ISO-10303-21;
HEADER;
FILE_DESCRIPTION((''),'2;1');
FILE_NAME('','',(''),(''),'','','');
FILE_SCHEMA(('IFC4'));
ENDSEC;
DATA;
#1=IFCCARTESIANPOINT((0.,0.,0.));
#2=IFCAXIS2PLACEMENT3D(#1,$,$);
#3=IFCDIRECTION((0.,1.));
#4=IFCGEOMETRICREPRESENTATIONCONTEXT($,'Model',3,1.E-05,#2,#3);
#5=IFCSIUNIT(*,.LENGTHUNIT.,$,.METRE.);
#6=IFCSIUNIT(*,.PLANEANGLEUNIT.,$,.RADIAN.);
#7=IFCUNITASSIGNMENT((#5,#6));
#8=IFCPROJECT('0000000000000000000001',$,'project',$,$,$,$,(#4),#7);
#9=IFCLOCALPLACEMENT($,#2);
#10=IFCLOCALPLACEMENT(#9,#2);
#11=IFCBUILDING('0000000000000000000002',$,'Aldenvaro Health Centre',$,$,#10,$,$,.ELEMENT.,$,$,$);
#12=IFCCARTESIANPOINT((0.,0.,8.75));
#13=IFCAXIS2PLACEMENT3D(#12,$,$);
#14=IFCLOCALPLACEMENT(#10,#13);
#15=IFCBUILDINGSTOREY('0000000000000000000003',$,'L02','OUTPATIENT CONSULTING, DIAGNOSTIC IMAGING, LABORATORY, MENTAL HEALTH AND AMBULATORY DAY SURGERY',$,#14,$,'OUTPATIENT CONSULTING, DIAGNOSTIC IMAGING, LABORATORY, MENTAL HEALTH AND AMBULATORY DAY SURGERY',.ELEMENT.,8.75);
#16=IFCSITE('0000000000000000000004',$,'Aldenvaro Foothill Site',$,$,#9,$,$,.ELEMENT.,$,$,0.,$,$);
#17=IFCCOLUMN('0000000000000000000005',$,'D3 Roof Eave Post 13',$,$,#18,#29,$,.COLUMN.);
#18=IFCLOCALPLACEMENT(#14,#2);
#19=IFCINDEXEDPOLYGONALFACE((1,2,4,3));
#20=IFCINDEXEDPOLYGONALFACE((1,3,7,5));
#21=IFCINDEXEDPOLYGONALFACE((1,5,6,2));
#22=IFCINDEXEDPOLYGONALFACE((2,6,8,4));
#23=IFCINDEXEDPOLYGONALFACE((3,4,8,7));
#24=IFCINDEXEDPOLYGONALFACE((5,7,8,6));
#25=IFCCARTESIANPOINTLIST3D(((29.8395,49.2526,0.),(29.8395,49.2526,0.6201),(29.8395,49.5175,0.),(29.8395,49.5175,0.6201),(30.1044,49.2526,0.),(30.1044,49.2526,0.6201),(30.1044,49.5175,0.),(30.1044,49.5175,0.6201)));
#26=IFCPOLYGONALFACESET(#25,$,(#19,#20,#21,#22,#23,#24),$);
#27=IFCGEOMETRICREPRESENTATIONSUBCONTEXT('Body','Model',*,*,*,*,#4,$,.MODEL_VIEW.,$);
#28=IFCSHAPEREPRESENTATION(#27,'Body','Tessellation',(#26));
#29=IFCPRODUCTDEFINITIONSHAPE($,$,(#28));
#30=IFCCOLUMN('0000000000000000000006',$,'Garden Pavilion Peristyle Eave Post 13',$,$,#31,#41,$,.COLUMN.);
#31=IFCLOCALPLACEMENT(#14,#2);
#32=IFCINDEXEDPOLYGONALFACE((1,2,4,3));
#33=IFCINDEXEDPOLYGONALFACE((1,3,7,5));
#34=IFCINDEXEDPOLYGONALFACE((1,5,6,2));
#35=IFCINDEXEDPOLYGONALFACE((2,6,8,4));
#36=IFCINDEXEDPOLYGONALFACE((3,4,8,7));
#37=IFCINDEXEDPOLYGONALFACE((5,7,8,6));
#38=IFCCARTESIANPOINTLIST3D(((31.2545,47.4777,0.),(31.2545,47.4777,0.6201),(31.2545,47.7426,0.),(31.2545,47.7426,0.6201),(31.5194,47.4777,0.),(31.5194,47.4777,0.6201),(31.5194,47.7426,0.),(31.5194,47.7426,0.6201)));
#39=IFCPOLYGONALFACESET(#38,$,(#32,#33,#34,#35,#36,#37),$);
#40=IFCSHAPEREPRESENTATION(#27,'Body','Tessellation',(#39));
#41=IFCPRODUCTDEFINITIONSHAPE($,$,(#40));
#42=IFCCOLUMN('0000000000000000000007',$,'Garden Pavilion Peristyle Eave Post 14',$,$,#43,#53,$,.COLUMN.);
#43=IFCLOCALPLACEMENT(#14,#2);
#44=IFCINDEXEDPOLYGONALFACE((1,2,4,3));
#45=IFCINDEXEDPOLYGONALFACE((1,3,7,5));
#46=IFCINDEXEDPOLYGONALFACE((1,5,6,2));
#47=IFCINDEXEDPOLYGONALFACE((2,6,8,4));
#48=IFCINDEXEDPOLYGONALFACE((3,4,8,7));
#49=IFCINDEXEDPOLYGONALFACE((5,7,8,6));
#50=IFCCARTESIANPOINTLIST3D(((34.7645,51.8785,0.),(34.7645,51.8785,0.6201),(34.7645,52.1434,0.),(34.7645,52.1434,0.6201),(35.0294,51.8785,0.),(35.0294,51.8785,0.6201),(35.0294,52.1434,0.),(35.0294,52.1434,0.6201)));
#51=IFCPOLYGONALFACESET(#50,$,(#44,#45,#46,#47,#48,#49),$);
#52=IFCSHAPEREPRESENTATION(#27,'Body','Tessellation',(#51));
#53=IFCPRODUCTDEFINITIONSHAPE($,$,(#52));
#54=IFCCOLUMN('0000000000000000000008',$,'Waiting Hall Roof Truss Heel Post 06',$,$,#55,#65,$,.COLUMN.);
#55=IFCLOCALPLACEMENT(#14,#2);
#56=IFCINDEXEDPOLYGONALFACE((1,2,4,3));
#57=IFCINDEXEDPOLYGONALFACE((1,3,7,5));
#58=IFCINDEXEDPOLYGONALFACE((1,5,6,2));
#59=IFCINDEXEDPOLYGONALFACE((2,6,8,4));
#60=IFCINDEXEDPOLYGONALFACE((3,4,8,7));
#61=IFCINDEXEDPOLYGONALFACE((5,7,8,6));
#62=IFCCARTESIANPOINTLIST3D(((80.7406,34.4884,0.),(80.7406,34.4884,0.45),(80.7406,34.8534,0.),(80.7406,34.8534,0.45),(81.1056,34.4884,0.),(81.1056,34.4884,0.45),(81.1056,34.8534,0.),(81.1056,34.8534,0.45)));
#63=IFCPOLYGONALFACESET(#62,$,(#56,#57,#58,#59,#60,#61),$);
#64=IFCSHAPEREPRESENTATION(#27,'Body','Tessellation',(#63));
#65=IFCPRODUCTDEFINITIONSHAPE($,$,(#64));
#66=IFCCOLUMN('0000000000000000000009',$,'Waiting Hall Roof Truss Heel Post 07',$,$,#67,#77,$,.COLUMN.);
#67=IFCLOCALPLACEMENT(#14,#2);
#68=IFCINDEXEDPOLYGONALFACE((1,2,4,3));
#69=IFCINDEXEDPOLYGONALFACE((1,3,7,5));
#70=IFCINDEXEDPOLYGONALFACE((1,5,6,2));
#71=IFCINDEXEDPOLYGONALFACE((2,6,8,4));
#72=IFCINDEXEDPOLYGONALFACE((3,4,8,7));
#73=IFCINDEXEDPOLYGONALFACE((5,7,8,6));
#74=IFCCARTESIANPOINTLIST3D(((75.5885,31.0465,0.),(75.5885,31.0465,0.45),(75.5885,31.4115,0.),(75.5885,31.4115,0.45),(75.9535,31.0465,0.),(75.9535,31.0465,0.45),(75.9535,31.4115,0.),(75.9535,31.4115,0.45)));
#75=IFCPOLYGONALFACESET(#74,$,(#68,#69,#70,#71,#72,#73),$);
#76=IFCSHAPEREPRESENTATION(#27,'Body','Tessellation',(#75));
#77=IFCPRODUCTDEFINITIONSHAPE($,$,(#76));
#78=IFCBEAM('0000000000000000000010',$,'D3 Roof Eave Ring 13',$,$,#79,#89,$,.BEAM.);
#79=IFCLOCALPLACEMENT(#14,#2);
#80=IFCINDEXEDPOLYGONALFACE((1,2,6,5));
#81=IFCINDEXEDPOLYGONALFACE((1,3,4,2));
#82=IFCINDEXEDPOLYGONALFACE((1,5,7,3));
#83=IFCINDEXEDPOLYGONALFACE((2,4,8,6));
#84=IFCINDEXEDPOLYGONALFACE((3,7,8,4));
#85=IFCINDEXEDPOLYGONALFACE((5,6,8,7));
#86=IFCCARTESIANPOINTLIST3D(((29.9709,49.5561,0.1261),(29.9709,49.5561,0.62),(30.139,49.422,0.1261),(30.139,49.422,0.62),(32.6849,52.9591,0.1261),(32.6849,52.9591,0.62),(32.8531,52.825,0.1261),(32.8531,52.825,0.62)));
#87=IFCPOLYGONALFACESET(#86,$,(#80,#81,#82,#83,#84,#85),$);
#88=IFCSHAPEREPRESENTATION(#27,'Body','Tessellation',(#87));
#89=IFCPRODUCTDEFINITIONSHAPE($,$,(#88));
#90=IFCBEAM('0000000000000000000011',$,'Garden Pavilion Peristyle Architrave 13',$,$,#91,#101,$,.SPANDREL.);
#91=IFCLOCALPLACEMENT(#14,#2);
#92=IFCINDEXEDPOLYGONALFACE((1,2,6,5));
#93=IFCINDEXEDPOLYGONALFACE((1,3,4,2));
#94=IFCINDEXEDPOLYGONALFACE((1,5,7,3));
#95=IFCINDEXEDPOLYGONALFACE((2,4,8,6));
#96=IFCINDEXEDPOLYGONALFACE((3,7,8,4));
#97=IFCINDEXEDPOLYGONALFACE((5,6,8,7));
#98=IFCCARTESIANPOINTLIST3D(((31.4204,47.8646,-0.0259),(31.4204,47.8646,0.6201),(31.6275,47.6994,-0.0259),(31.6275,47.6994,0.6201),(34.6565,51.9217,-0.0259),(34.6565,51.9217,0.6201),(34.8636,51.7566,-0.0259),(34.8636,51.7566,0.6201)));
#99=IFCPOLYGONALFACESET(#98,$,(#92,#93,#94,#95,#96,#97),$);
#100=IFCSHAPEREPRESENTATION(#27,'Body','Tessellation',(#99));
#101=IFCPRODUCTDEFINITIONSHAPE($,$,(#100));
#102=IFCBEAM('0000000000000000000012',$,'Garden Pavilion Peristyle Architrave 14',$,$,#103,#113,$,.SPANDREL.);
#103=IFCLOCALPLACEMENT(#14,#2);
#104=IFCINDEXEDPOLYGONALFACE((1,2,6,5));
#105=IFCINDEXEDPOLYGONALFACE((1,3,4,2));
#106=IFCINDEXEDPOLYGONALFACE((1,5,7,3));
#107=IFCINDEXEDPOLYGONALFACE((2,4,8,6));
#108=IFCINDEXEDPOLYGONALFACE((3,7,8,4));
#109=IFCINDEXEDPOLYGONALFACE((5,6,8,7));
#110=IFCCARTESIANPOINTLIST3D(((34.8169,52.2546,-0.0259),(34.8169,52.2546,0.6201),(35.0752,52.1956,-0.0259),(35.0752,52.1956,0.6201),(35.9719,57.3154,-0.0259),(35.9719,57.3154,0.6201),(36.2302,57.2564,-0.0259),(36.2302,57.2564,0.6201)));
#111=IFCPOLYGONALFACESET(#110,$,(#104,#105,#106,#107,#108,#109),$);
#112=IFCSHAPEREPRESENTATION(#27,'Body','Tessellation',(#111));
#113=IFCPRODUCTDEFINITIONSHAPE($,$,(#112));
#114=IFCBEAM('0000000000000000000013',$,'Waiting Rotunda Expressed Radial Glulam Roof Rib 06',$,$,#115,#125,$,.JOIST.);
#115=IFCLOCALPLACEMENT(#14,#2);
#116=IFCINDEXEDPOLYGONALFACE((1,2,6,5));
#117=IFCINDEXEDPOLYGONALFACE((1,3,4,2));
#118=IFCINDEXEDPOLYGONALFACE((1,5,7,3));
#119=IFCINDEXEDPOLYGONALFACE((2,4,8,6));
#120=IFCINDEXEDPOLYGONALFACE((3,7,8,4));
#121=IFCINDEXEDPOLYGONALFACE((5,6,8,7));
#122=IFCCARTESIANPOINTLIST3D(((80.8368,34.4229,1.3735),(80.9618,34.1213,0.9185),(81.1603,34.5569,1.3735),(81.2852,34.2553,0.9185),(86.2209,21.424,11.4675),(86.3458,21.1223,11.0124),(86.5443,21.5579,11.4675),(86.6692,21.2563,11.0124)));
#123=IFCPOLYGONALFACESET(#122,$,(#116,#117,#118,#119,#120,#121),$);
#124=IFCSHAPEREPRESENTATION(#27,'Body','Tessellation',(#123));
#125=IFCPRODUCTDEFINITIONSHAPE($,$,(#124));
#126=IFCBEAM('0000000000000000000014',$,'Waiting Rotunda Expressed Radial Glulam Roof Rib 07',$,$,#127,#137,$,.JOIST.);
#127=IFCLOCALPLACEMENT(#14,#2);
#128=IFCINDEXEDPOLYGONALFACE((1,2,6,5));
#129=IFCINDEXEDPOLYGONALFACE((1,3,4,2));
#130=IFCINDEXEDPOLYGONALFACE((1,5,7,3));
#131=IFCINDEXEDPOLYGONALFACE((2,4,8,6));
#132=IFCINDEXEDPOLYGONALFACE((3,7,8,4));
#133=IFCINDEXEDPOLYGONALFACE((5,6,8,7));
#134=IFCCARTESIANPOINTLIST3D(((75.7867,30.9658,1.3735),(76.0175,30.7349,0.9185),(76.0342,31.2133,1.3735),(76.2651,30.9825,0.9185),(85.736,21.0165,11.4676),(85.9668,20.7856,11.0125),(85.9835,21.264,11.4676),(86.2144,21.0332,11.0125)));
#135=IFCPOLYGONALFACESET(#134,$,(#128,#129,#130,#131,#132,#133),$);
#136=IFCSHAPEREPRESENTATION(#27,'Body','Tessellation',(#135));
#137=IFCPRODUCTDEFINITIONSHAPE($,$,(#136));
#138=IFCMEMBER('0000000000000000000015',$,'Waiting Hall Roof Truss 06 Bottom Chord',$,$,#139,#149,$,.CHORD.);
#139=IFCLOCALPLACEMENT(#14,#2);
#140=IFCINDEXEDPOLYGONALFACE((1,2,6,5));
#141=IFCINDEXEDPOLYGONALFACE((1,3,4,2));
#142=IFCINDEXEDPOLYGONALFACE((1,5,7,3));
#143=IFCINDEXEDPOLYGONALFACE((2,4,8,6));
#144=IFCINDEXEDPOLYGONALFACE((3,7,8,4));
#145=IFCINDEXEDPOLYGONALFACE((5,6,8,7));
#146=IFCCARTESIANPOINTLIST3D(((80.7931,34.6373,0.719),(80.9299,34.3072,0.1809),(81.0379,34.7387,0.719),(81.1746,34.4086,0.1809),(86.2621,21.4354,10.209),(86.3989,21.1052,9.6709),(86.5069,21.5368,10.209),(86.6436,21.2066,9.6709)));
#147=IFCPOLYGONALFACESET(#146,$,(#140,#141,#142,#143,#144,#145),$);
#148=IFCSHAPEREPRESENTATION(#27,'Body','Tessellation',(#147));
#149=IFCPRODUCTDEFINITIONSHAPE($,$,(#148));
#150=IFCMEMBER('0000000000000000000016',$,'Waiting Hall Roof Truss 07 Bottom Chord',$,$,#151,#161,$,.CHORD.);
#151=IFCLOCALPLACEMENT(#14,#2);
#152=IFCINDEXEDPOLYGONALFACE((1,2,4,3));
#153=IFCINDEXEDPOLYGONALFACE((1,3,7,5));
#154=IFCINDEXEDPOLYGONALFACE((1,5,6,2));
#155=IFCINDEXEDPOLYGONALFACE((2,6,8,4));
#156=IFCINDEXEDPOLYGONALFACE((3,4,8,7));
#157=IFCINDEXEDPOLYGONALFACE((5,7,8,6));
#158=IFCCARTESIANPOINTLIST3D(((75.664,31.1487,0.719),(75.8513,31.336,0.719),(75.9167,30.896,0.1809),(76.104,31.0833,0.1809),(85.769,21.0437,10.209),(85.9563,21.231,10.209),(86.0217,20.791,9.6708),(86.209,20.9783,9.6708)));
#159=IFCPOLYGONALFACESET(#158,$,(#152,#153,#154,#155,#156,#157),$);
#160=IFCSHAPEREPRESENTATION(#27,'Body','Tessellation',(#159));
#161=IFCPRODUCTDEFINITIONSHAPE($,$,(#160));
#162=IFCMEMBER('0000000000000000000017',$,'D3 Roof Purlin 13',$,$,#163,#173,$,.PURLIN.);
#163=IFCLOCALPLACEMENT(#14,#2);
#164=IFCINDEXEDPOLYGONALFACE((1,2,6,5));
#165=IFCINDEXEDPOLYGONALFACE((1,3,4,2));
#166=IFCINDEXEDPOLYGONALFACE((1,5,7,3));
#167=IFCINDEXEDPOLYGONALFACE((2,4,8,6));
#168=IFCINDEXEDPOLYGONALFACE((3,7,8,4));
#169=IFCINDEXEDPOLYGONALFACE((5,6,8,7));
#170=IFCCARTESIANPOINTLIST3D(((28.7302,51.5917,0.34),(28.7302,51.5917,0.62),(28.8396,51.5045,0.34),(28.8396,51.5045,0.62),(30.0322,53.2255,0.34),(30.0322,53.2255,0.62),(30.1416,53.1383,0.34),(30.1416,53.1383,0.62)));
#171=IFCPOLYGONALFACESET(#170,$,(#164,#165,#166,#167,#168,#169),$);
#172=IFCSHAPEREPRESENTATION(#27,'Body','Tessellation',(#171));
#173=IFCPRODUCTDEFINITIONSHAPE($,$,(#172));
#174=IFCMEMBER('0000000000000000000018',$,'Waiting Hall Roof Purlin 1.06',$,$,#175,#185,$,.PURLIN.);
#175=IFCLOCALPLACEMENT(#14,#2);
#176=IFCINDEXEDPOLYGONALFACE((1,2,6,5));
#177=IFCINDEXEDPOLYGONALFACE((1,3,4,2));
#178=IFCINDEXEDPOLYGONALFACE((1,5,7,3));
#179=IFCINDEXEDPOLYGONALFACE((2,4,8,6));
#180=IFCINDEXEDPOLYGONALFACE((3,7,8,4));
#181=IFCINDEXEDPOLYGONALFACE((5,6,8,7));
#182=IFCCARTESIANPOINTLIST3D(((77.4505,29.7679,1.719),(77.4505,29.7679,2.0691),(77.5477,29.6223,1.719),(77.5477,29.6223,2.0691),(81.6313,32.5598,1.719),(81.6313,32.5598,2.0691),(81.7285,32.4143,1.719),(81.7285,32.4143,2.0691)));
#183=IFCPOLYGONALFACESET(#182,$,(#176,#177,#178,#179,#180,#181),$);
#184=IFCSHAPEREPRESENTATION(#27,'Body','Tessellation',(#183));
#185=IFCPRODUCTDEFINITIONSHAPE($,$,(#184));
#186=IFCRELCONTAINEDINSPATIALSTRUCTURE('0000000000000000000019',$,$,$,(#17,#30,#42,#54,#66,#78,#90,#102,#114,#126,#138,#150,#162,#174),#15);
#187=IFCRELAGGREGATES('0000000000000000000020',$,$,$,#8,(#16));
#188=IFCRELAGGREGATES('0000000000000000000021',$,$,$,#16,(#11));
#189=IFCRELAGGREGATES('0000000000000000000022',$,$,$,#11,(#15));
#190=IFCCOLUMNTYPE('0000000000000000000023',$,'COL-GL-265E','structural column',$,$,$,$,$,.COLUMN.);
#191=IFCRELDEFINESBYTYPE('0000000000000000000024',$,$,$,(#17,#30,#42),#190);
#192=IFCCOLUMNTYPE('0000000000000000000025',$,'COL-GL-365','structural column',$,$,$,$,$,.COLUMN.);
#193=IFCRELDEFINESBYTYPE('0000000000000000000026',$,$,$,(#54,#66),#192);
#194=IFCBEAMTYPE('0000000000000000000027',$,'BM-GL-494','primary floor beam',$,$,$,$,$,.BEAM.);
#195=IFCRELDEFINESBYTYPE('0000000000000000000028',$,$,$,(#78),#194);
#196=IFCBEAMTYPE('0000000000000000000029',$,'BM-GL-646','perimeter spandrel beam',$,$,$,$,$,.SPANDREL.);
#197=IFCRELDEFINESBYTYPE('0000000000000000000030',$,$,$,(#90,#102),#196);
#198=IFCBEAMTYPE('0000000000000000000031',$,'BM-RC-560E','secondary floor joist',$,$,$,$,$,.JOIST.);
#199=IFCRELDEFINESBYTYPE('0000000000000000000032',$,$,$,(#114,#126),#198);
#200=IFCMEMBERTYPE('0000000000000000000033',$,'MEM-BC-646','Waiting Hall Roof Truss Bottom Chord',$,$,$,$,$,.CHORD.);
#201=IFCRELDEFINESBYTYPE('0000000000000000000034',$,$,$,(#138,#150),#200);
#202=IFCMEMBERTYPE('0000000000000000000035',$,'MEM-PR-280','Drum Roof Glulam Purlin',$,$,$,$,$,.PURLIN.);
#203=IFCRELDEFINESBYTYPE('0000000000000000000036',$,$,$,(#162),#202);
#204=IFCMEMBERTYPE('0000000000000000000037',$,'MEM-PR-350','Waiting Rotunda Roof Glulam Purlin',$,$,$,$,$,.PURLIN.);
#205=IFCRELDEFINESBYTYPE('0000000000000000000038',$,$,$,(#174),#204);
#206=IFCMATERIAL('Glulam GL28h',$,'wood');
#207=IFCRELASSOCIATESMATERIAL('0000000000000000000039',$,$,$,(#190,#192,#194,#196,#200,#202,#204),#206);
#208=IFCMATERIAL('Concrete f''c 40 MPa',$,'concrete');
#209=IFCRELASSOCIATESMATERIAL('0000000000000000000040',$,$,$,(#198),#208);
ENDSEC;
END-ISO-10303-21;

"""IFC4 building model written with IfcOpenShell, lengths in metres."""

from ifc_helpers import new_model, si_unit, direction, frame, origin, origin_2d, place, context, subcontext, project, spatial, rectangle, extrude, material, material_profile, profile_set, type_object, element, save


model = new_model("IFC4")

# Units and contexts
model_context = context("Model", 3, precision=1e-05, world=origin(), true_north=direction((0.0, 1.0)))
body_context = subcontext(model_context, "Body", "Model", "MODEL_VIEW")
ifc_project = project(units=[si_unit("LENGTHUNIT", "METRE"), si_unit("PLANEANGLEUNIT", "RADIAN")], contexts=[model_context])

# Site, building, storey
site_placement = place(None, origin())
site = spatial("IfcSite", under=ifc_project, at=site_placement, Name="Aldenvaro Foothill Site", CompositionType="ELEMENT", RefElevation=0.0)
building_placement = place(site_placement, origin())
building = spatial("IfcBuilding", under=site, at=building_placement, Name="Aldenvaro Health Centre", CompositionType="ELEMENT")
storey_placement = place(building_placement, frame((0.0, 0.0, 8.75)))
storey = spatial("IfcBuildingStorey", under=building, at=storey_placement, Name="L02", Description="OUTPATIENT CONSULTING, DIAGNOSTIC IMAGING, LABORATORY, MENTAL HEALTH AND AMBULATORY DAY SURGERY", LongName="OUTPATIENT CONSULTING, DIAGNOSTIC IMAGING, LABORATORY, MENTAL HEALTH AND AMBULATORY DAY SURGERY", CompositionType="ELEMENT", Elevation=8.75)

# Columns
ifc_material_1 = material(Name="Glulam GL28h", Category="wood")
ifc_material_profile_1 = material_profile(ifc_material_1, rectangle(XDim=0.2649, YDim=0.2649, at=origin_2d()), Name="GL 265x265", Category="wood")
ifc_profile_set_1 = profile_set([ifc_material_profile_1], Name="Glulam GL28h")
column_type_1 = type_object("IfcColumnType", Name="COL-GL-265E", Description="structural column", PredefinedType="COLUMN", material=ifc_profile_set_1)
for number, where, z_axis, x_axis, name in (
    (1, (29.9719, 49.385, 0.0), (0.0, 0.0, 1.0), (1.0, 0.0, 0.0), "D3 Roof Eave Post 13"),
    (2, (31.387, 47.6101, 0.0), (0.0, 0.0, 1.0), (1.0, 0.0, 0.0), "Garden Pavilion Peristyle Eave Post 13"),
    (3, (34.897, 52.011, 0.0), (0.0, 0.0, 1.0), (1.0, 0.0, 0.0), "Garden Pavilion Peristyle Eave Post 14"),
):
    element("IfcColumn", number, at=place(storey_placement, frame(where, z_axis=z_axis, x_axis=x_axis)), inside=storey, type_object=column_type_1, Name=name, PredefinedType="COLUMN", context=body_context, shape_type="SweptSolid", body=[
        extrude(rectangle(XDim=0.2649, YDim=0.2649, at=origin_2d()), origin(), (0.0, 0.0, 1.0), 0.6201),
    ])
ifc_material_profile_2 = material_profile(ifc_material_1, rectangle(XDim=0.365, YDim=0.365, at=origin_2d()), Name="GL 365x365", Category="wood")
ifc_profile_set_2 = profile_set([ifc_material_profile_2], Name="Glulam GL28h")
column_type_2 = type_object("IfcColumnType", Name="COL-GL-365", Description="structural column", PredefinedType="COLUMN", material=ifc_profile_set_2)
for number, where, z_axis, x_axis, name in (
    (4, (80.9231, 34.6709, 0.0), (0.0, 0.0, 1.0), (1.0, 0.0, 0.0), "Waiting Hall Roof Truss Heel Post 06"),
    (5, (75.771, 31.229, 0.0), (0.0, 0.0, 1.0), (1.0, 0.0, 0.0), "Waiting Hall Roof Truss Heel Post 07"),
):
    element("IfcColumn", number, at=place(storey_placement, frame(where, z_axis=z_axis, x_axis=x_axis)), inside=storey, type_object=column_type_2, Name=name, PredefinedType="COLUMN", context=body_context, shape_type="SweptSolid", body=[
        extrude(rectangle(XDim=0.365, YDim=0.365, at=origin_2d()), origin(), (0.0, 0.0, 1.0), 0.45),
    ])

# Beams
ifc_material_profile_3 = material_profile(ifc_material_1, rectangle(XDim=0.2151, YDim=0.4939, at=origin_2d()), Name="GL 215x494", Category="wood")
ifc_profile_set_3 = profile_set([ifc_material_profile_3], Name="Glulam GL28h")
beam_type_1 = type_object("IfcBeamType", Name="BM-GL-494", Description="primary floor beam", PredefinedType="BEAM", material=ifc_profile_set_3)
beam_1_placement = place(storey_placement, frame((30.0549, 49.489, 0.373), z_axis=(0.623525, 0.781804, 0.0), x_axis=(-0.781804, 0.623525, 0.0)))
element("IfcBeam", 6, at=beam_1_placement, inside=storey, type_object=beam_type_1, Name="D3 Roof Eave Ring 13", PredefinedType="BEAM", context=body_context, shape_type="SweptSolid", body=[
    extrude(rectangle(XDim=0.2151, YDim=0.4939, at=origin_2d()), origin(), (0.0, 0.0, 1.0), 4.3528),
])
ifc_material_profile_4 = material_profile(ifc_material_1, rectangle(XDim=0.2649, YDim=0.646, at=origin_2d()), Name="GL 265x646", Category="wood")
ifc_profile_set_4 = profile_set([ifc_material_profile_4], Name="Glulam GL28h")
beam_type_2 = type_object("IfcBeamType", Name="BM-GL-646", Description="perimeter spandrel beam", PredefinedType="SPANDREL", material=ifc_profile_set_4)
beam_2_placement = place(storey_placement, frame((31.5239, 47.782, 0.2971), z_axis=(0.623564, 0.781772, 0.0), x_axis=(-0.781772, 0.623564, 0.0)))
element("IfcBeam", 7, at=beam_2_placement, inside=storey, type_object=beam_type_2, Name="Garden Pavilion Peristyle Architrave 13", PredefinedType="SPANDREL", context=body_context, shape_type="SweptSolid", body=[
    extrude(rectangle(XDim=0.2649, YDim=0.646, at=origin_2d()), origin(), (0.0, 0.0, 1.0), 5.1897),
])
beam_3_placement = place(storey_placement, frame((34.946, 52.2251, 0.2971), z_axis=(0.222509, 0.974931, 0.0), x_axis=(-0.974931, 0.222509, 0.0)))
element("IfcBeam", 8, at=beam_3_placement, inside=storey, type_object=beam_type_2, Name="Garden Pavilion Peristyle Architrave 14", PredefinedType="SPANDREL", context=body_context, shape_type="SweptSolid", body=[
    extrude(rectangle(XDim=0.2649, YDim=0.646, at=origin_2d()), origin(), (0.0, 0.0, 1.0), 5.1909),
])
ifc_material_2 = material(Name="Concrete f'c 40 MPa", Category="concrete")
ifc_material_profile_5 = material_profile(ifc_material_2, rectangle(XDim=0.3501, YDim=0.5601, at=origin_2d()), Name="RC 350x560", Category="concrete")
ifc_profile_set_5 = profile_set([ifc_material_profile_5], Name="Concrete f'c 40 MPa")
beam_type_3 = type_object("IfcBeamType", Name="BM-RC-560E", Description="secondary floor joist", PredefinedType="JOIST", material=ifc_profile_set_5)
beam_4_placement = place(storey_placement, frame((81.061, 34.3391, 1.146), z_axis=(0.310924, -0.750685, 0.582922), x_axis=(0.923888, 0.382663, 0.0)))
element("IfcBeam", 9, at=beam_4_placement, inside=storey, type_object=beam_type_3, Name="Waiting Rotunda Expressed Radial Glulam Roof Rib 06", PredefinedType="JOIST", context=body_context, shape_type="SweptSolid", body=[
    extrude(rectangle(XDim=0.3501, YDim=0.5601, at=origin_2d()), origin(), (0.0, 0.0, 1.0), 17.3162),
])
beam_5_placement = place(storey_placement, frame((76.0259, 30.9741, 1.146), z_axis=(0.57455, -0.57455, 0.582911), x_axis=(0.707107, 0.707107, 0.0)))
element("IfcBeam", 10, at=beam_5_placement, inside=storey, type_object=beam_type_3, Name="Waiting Rotunda Expressed Radial Glulam Roof Rib 07", PredefinedType="JOIST", context=body_context, shape_type="SweptSolid", body=[
    extrude(rectangle(XDim=0.3501, YDim=0.5601, at=origin_2d()), origin(), (0.0, 0.0, 1.0), 17.3167),
])

# Members
ifc_material_profile_6 = material_profile(ifc_material_1, rectangle(XDim=0.2649, YDim=0.646, at=origin_2d()), Name="GL 265x646", Category="wood")
ifc_profile_set_6 = profile_set([ifc_material_profile_6], Name="Glulam GL28h")
member_type_1 = type_object("IfcMemberType", Name="MEM-BC-646", Description="Waiting Hall Roof Truss Bottom Chord", PredefinedType="CHORD", material=ifc_profile_set_6)
member_1_placement = place(storey_placement, frame((80.9839, 34.5229, 0.45), z_axis=(0.318817, -0.76961, 0.553223), x_axis=(0.923865, 0.382718, 0.0)))
element("IfcMember", 11, at=member_1_placement, inside=storey, type_object=member_type_1, Name="Waiting Hall Roof Truss 06 Bottom Chord", PredefinedType="CHORD", context=body_context, shape_type="SweptSolid", body=[
    extrude(rectangle(XDim=0.2649, YDim=0.646, at=origin_2d()), origin(), (0.0, 0.0, 1.0), 17.1541),
])
member_2_placement = place(storey_placement, frame((75.884, 31.116, 0.45), z_axis=(0.589053, -0.589053, 0.553203), x_axis=(0.707107, 0.707107, 0.0)))
element("IfcMember", 12, at=member_2_placement, inside=storey, type_object=member_type_1, Name="Waiting Hall Roof Truss 07 Bottom Chord", PredefinedType="CHORD", context=body_context, shape_type="SweptSolid", body=[
    extrude(rectangle(XDim=0.2649, YDim=0.646, at=origin_2d()), origin(), (0.0, 0.0, 1.0), 17.1545),
])
ifc_material_profile_7 = material_profile(ifc_material_1, rectangle(XDim=0.1399, YDim=0.28, at=origin_2d()), Name="GL 140x280", Category="wood")
ifc_profile_set_7 = profile_set([ifc_material_profile_7], Name="Glulam GL28h")
member_type_2 = type_object("IfcMemberType", Name="MEM-PR-280", Description="Drum Roof Glulam Purlin", PredefinedType="PURLIN", material=ifc_profile_set_7)
member_3_placement = place(storey_placement, frame((28.7849, 51.5481, 0.48), z_axis=(0.623226, 0.782042, 0.0), x_axis=(-0.782042, 0.623226, 0.0)))
element("IfcMember", 13, at=member_3_placement, inside=storey, type_object=member_type_2, Name="D3 Roof Purlin 13", PredefinedType="PURLIN", context=body_context, shape_type="SweptSolid", body=[
    extrude(rectangle(XDim=0.1399, YDim=0.28, at=origin_2d()), origin(), (0.0, 0.0, 1.0), 2.0891),
])
ifc_material_profile_8 = material_profile(ifc_material_1, rectangle(XDim=0.175, YDim=0.3501, at=origin_2d()), Name="GL 175x350", Category="wood")
ifc_profile_set_8 = profile_set([ifc_material_profile_8], Name="Glulam GL28h")
member_type_3 = type_object("IfcMemberType", Name="MEM-PR-350", Description="Waiting Rotunda Roof Glulam Purlin", PredefinedType="PURLIN", material=ifc_profile_set_8)
member_4_placement = place(storey_placement, frame((81.6799, 32.4871, 1.894), z_axis=(-0.831617, -0.55535, 0.0), x_axis=(0.55535, -0.831617, 0.0)))
element("IfcMember", 14, at=member_4_placement, inside=storey, type_object=member_type_3, Name="Waiting Hall Roof Purlin 1.06", PredefinedType="PURLIN", context=body_context, shape_type="SweptSolid", body=[
    extrude(rectangle(XDim=0.175, YDim=0.3501, at=origin_2d()), origin(), (0.0, 0.0, 1.0), 5.0273),
])

save(model, "model.ifc")
